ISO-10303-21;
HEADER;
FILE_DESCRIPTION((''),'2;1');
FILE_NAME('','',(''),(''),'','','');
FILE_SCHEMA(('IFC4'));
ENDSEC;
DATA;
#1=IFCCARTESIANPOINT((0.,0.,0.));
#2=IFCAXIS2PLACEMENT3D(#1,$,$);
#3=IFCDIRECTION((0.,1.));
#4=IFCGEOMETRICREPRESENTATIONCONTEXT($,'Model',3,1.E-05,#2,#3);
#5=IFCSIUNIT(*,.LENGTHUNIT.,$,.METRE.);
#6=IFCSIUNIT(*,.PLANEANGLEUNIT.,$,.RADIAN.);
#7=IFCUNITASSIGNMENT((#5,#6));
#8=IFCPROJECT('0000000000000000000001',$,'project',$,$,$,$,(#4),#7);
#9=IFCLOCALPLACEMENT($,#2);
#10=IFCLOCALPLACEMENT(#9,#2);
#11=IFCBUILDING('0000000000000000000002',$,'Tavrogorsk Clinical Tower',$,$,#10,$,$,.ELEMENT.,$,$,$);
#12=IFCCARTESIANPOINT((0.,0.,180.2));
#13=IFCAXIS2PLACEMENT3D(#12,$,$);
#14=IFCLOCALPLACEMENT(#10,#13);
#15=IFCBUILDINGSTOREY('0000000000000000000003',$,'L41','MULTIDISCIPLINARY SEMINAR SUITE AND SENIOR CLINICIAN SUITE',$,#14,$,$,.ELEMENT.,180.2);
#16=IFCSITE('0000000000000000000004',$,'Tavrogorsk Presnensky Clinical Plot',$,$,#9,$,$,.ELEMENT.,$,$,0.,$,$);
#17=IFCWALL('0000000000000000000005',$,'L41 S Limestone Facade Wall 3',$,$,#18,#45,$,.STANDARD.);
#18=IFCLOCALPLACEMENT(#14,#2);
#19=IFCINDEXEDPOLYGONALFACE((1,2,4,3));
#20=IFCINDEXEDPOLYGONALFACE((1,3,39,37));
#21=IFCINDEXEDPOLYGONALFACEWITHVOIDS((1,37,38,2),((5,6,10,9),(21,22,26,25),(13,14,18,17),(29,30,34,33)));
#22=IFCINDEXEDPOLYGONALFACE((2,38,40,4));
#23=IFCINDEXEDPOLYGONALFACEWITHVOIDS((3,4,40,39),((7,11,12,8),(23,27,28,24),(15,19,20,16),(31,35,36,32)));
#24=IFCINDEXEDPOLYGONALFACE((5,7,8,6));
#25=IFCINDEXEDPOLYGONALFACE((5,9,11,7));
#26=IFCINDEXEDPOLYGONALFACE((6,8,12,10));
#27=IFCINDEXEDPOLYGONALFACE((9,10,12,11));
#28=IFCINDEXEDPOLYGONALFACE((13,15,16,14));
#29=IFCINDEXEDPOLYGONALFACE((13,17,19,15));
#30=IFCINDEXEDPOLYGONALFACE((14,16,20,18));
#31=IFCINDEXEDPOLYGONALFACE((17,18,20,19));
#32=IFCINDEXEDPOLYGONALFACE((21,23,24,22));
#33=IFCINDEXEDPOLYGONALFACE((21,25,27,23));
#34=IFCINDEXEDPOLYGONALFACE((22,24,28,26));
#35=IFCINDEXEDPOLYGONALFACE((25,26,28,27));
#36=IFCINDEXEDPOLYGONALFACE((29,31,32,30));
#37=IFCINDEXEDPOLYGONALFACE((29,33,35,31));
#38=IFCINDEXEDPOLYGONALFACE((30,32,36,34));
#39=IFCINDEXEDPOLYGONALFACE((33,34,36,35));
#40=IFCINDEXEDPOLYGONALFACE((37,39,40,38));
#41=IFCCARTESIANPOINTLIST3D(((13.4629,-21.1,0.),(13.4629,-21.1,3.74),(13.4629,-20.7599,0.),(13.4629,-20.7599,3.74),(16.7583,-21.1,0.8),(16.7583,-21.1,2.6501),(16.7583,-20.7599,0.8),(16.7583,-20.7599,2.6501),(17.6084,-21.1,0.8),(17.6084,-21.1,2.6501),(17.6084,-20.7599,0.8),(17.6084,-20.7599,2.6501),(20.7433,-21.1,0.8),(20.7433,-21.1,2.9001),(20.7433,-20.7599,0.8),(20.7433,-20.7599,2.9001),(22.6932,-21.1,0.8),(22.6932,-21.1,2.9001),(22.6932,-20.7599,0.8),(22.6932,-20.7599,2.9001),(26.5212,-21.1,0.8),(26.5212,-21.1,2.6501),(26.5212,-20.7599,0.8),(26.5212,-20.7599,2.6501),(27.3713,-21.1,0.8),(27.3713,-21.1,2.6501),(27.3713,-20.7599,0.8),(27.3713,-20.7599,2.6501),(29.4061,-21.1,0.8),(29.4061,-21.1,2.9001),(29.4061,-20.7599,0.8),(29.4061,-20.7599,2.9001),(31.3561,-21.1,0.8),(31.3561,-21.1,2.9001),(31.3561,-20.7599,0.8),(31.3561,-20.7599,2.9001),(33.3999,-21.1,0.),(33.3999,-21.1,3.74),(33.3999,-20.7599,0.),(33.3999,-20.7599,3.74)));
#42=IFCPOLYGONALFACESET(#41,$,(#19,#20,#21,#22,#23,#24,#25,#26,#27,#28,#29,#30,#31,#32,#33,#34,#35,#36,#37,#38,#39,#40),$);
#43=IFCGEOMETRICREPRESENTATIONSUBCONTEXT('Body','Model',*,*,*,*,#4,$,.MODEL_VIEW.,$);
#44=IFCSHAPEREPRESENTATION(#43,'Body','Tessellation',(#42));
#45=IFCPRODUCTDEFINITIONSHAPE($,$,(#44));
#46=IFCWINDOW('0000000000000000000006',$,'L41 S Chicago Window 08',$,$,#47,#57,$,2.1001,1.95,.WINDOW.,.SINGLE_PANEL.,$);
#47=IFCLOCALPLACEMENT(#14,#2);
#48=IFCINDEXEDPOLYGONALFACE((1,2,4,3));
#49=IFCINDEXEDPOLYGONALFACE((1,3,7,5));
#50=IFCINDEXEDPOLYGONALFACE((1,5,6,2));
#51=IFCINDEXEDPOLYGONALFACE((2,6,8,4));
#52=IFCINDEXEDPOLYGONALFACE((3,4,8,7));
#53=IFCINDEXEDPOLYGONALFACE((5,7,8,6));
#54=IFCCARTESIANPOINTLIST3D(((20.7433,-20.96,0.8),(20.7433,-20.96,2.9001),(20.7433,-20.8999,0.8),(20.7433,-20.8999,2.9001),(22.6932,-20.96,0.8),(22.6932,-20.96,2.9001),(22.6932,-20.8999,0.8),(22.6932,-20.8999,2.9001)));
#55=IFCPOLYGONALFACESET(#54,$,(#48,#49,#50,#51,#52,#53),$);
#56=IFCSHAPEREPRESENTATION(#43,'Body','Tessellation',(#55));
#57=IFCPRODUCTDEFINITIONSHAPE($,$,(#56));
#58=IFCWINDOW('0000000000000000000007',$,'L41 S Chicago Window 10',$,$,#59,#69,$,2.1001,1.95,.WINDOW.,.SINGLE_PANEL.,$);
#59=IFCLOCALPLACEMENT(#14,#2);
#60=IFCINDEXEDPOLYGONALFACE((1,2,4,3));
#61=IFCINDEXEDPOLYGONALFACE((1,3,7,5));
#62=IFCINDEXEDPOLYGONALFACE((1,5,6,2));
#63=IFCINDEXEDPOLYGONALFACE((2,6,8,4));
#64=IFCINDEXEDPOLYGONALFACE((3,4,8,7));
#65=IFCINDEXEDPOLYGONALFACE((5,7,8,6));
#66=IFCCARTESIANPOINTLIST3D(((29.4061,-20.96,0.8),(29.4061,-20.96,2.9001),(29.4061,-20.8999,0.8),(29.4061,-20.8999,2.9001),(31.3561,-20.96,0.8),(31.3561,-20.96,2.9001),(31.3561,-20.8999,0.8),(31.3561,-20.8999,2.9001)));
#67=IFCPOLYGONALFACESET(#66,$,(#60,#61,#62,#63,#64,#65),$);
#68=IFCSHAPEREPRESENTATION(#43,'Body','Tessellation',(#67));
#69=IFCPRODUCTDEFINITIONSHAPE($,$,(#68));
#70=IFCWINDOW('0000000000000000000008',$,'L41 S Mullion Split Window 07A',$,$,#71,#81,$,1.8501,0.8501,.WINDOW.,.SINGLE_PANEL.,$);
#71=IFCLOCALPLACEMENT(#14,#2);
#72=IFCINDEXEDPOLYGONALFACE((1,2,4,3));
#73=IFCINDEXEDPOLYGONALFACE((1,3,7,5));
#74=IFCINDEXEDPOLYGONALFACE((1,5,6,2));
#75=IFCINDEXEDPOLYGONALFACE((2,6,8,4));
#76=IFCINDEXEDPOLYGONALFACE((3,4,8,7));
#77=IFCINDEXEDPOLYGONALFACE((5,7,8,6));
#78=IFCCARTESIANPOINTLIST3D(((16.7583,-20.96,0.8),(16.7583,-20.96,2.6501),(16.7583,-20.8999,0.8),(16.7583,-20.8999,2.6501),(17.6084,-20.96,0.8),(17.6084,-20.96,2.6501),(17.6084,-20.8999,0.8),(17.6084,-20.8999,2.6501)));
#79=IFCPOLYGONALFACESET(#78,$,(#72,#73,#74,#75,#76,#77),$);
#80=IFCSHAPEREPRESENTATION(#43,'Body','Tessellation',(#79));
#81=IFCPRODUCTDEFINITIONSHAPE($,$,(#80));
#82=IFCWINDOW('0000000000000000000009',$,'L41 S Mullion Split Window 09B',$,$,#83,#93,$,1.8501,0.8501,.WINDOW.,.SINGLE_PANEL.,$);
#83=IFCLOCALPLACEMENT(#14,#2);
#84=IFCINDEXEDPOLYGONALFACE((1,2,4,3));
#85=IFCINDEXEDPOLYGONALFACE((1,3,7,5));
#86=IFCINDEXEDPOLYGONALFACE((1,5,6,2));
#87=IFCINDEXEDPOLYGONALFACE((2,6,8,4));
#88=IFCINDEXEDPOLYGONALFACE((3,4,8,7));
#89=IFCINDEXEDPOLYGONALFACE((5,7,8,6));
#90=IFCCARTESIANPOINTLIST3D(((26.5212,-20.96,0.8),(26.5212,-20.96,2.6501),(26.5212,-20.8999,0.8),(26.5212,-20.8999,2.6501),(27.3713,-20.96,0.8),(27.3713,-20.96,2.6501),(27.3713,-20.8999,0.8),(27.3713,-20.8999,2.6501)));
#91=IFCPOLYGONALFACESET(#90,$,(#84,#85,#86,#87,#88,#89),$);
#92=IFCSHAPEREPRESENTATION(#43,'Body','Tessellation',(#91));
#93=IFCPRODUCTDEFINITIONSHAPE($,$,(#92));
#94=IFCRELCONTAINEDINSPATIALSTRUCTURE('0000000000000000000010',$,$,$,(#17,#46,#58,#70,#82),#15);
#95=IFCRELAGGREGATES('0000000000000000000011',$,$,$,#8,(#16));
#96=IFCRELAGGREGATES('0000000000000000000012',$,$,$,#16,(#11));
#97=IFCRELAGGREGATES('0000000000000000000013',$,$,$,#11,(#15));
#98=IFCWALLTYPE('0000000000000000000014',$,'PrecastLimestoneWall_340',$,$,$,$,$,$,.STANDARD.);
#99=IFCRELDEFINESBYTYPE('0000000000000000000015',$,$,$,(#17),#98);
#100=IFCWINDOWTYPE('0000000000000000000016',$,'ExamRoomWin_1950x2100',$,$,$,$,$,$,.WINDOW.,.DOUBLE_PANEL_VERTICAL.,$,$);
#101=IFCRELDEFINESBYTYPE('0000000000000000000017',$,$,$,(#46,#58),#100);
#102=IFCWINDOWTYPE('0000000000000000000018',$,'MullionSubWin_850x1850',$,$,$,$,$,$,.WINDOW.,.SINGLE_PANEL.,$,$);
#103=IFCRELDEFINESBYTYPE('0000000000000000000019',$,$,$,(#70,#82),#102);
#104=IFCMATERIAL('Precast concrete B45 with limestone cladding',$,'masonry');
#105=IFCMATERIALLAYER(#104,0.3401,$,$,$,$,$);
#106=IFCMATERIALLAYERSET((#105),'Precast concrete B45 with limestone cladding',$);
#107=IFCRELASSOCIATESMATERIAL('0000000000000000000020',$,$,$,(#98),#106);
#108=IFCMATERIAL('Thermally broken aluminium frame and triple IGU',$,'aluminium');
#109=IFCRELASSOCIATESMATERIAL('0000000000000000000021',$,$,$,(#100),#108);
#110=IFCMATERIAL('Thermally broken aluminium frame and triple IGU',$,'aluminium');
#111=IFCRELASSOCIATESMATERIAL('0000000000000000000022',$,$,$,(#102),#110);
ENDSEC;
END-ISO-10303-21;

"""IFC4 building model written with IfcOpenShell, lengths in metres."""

from ifc_helpers import new_model, si_unit, direction, frame, frame_2d, origin, place, context, subcontext, project, spatial, rectangle, extrude, material, layer, layer_set, type_object, element, fill, save


model = new_model("IFC4")

# Units and contexts
model_context = context("Model", 3, precision=1e-05, world=origin(), true_north=direction((0.0, 1.0)))
body_context = subcontext(model_context, "Body", "Model", "MODEL_VIEW")
ifc_project = project(units=[si_unit("LENGTHUNIT", "METRE"), si_unit("PLANEANGLEUNIT", "RADIAN")], contexts=[model_context])

# Site, building, storey
site_placement = place(None, origin())
site = spatial("IfcSite", under=ifc_project, at=site_placement, Name="Tavrogorsk Presnensky Clinical Plot", CompositionType="ELEMENT", RefElevation=0.0)
building_placement = place(site_placement, origin())
building = spatial("IfcBuilding", under=site, at=building_placement, Name="Tavrogorsk Clinical Tower", CompositionType="ELEMENT")
storey_placement = place(building_placement, frame((0.0, 0.0, 180.2)))
storey = spatial("IfcBuildingStorey", under=building, at=storey_placement, Name="L41", Description="MULTIDISCIPLINARY SEMINAR SUITE AND SENIOR CLINICIAN SUITE", CompositionType="ELEMENT", Elevation=180.2)

# Wall, openings, windows
ifc_material_1 = material(Name="Precast concrete B45 with limestone cladding", Category="masonry")
ifc_layer_1 = layer(ifc_material_1, 0.3401)
ifc_layer_set_1 = layer_set([ifc_layer_1], Name="Precast concrete B45 with limestone cladding")
wall_type_1 = type_object("IfcWallType", Name="PrecastLimestoneWall_340", PredefinedType="STANDARD", material=ifc_layer_set_1)
wall_1_placement = place(storey_placement, frame((13.4629, -20.9299, 0.0), z_axis=(0.0, 0.0, 1.0), x_axis=(1.0, 0.0, 0.0)))
wall_1 = element("IfcWall", 1, at=wall_1_placement, inside=storey, type_object=wall_type_1, Name="L41 S Limestone Facade Wall 3", PredefinedType="STANDARD", context=body_context, shape_type="SweptSolid", body=[
    extrude(rectangle(XDim=19.937, YDim=0.3401, at=frame_2d((9.9685, 0.0))), origin(), (0.0, 0.0, 1.0), 3.74),
])
opening_1_placement = place(wall_1_placement, frame((3.2954, 0.0, 0.8)))
opening_1 = element("IfcOpeningElement", 2, at=opening_1_placement, cuts=wall_1, PredefinedType="OPENING", context=body_context, shape_type="SweptSolid", body=[
    extrude(rectangle(XDim=0.8501, YDim=1.8501, at=frame_2d((0.425, 0.925))), frame((0.0, 0.1799, 0.0), z_axis=(0.0, -1.0, 0.0), x_axis=(1.0, 0.0, 0.0)), (0.0, 0.0, 1.0), 0.3601),
])
opening_2_placement = place(wall_1_placement, frame((7.2803, 0.0, 0.8)))
opening_2 = element("IfcOpeningElement", 3, at=opening_2_placement, cuts=wall_1, PredefinedType="OPENING", context=body_context, shape_type="SweptSolid", body=[
    extrude(rectangle(XDim=1.95, YDim=2.1001, at=frame_2d((0.9751, 1.05))), frame((0.0, 0.1799, 0.0), z_axis=(0.0, -1.0, 0.0), x_axis=(1.0, 0.0, 0.0)), (0.0, 0.0, 1.0), 0.3601),
])
opening_3_placement = place(wall_1_placement, frame((13.0583, 0.0, 0.8)))
opening_3 = element("IfcOpeningElement", 4, at=opening_3_placement, cuts=wall_1, PredefinedType="OPENING", context=body_context, shape_type="SweptSolid", body=[
    extrude(rectangle(XDim=0.8501, YDim=1.8501, at=frame_2d((0.425, 0.925))), frame((0.0, 0.1799, 0.0), z_axis=(0.0, -1.0, 0.0), x_axis=(1.0, 0.0, 0.0)), (0.0, 0.0, 1.0), 0.3601),
])
opening_4_placement = place(wall_1_placement, frame((15.9431, 0.0, 0.8)))
opening_4 = element("IfcOpeningElement", 5, at=opening_4_placement, cuts=wall_1, PredefinedType="OPENING", context=body_context, shape_type="SweptSolid", body=[
    extrude(rectangle(XDim=1.95, YDim=2.1001, at=frame_2d((0.9751, 1.05))), frame((0.0, 0.1799, 0.0), z_axis=(0.0, -1.0, 0.0), x_axis=(1.0, 0.0, 0.0)), (0.0, 0.0, 1.0), 0.3601),
])
ifc_material_2 = material(Name="Thermally broken aluminium frame and triple IGU", Category="aluminium")
window_type_1 = type_object("IfcWindowType", Name="ExamRoomWin_1950x2100", PartitioningType="DOUBLE_PANEL_VERTICAL", PredefinedType="WINDOW", material=ifc_material_2)
window_1_placement = place(opening_2_placement, origin())
window_1 = element("IfcWindow", 6, at=window_1_placement, inside=storey, type_object=window_type_1, Name="L41 S Chicago Window 08", OverallHeight=2.1001, OverallWidth=1.95, PartitioningType="SINGLE_PANEL", PredefinedType="WINDOW", context=body_context, shape_type="SweptSolid", body=[
    extrude(rectangle(XDim=1.95, YDim=2.1001, at=frame_2d((0.9751, 1.05))), frame((0.0, 0.03, 0.0), z_axis=(0.0, -1.0, 0.0), x_axis=(1.0, 0.0, 0.0)), (0.0, 0.0, 1.0), 0.0601),
])
fill(opening_2, window_1)
window_2_placement = place(opening_4_placement, origin())
window_2 = element("IfcWindow", 7, at=window_2_placement, inside=storey, type_object=window_type_1, Name="L41 S Chicago Window 10", OverallHeight=2.1001, OverallWidth=1.95, PartitioningType="SINGLE_PANEL", PredefinedType="WINDOW", context=body_context, shape_type="SweptSolid", body=[
    extrude(rectangle(XDim=1.95, YDim=2.1001, at=frame_2d((0.9751, 1.05))), frame((0.0, 0.03, 0.0), z_axis=(0.0, -1.0, 0.0), x_axis=(1.0, 0.0, 0.0)), (0.0, 0.0, 1.0), 0.0601),
])
fill(opening_4, window_2)
ifc_material_3 = material(Name="Thermally broken aluminium frame and triple IGU", Category="aluminium")
window_type_2 = type_object("IfcWindowType", Name="MullionSubWin_850x1850", PartitioningType="SINGLE_PANEL", PredefinedType="WINDOW", material=ifc_material_3)
window_3_placement = place(opening_1_placement, origin())
window_3 = element("IfcWindow", 8, at=window_3_placement, inside=storey, type_object=window_type_2, Name="L41 S Mullion Split Window 07A", OverallHeight=1.8501, OverallWidth=0.8501, PartitioningType="SINGLE_PANEL", PredefinedType="WINDOW", context=body_context, shape_type="SweptSolid", body=[
    extrude(rectangle(XDim=0.8501, YDim=1.8501, at=frame_2d((0.425, 0.925))), frame((0.0, 0.03, 0.0), z_axis=(0.0, -1.0, 0.0), x_axis=(1.0, 0.0, 0.0)), (0.0, 0.0, 1.0), 0.0601),
])
fill(opening_1, window_3)
window_4_placement = place(opening_3_placement, origin())
window_4 = element("IfcWindow", 9, at=window_4_placement, inside=storey, type_object=window_type_2, Name="L41 S Mullion Split Window 09B", OverallHeight=1.8501, OverallWidth=0.8501, PartitioningType="SINGLE_PANEL", PredefinedType="WINDOW", context=body_context, shape_type="SweptSolid", body=[
    extrude(rectangle(XDim=0.8501, YDim=1.8501, at=frame_2d((0.425, 0.925))), frame((0.0, 0.03, 0.0), z_axis=(0.0, -1.0, 0.0), x_axis=(1.0, 0.0, 0.0)), (0.0, 0.0, 1.0), 0.0601),
])
fill(opening_3, window_4)

save(model, "model.ifc")
